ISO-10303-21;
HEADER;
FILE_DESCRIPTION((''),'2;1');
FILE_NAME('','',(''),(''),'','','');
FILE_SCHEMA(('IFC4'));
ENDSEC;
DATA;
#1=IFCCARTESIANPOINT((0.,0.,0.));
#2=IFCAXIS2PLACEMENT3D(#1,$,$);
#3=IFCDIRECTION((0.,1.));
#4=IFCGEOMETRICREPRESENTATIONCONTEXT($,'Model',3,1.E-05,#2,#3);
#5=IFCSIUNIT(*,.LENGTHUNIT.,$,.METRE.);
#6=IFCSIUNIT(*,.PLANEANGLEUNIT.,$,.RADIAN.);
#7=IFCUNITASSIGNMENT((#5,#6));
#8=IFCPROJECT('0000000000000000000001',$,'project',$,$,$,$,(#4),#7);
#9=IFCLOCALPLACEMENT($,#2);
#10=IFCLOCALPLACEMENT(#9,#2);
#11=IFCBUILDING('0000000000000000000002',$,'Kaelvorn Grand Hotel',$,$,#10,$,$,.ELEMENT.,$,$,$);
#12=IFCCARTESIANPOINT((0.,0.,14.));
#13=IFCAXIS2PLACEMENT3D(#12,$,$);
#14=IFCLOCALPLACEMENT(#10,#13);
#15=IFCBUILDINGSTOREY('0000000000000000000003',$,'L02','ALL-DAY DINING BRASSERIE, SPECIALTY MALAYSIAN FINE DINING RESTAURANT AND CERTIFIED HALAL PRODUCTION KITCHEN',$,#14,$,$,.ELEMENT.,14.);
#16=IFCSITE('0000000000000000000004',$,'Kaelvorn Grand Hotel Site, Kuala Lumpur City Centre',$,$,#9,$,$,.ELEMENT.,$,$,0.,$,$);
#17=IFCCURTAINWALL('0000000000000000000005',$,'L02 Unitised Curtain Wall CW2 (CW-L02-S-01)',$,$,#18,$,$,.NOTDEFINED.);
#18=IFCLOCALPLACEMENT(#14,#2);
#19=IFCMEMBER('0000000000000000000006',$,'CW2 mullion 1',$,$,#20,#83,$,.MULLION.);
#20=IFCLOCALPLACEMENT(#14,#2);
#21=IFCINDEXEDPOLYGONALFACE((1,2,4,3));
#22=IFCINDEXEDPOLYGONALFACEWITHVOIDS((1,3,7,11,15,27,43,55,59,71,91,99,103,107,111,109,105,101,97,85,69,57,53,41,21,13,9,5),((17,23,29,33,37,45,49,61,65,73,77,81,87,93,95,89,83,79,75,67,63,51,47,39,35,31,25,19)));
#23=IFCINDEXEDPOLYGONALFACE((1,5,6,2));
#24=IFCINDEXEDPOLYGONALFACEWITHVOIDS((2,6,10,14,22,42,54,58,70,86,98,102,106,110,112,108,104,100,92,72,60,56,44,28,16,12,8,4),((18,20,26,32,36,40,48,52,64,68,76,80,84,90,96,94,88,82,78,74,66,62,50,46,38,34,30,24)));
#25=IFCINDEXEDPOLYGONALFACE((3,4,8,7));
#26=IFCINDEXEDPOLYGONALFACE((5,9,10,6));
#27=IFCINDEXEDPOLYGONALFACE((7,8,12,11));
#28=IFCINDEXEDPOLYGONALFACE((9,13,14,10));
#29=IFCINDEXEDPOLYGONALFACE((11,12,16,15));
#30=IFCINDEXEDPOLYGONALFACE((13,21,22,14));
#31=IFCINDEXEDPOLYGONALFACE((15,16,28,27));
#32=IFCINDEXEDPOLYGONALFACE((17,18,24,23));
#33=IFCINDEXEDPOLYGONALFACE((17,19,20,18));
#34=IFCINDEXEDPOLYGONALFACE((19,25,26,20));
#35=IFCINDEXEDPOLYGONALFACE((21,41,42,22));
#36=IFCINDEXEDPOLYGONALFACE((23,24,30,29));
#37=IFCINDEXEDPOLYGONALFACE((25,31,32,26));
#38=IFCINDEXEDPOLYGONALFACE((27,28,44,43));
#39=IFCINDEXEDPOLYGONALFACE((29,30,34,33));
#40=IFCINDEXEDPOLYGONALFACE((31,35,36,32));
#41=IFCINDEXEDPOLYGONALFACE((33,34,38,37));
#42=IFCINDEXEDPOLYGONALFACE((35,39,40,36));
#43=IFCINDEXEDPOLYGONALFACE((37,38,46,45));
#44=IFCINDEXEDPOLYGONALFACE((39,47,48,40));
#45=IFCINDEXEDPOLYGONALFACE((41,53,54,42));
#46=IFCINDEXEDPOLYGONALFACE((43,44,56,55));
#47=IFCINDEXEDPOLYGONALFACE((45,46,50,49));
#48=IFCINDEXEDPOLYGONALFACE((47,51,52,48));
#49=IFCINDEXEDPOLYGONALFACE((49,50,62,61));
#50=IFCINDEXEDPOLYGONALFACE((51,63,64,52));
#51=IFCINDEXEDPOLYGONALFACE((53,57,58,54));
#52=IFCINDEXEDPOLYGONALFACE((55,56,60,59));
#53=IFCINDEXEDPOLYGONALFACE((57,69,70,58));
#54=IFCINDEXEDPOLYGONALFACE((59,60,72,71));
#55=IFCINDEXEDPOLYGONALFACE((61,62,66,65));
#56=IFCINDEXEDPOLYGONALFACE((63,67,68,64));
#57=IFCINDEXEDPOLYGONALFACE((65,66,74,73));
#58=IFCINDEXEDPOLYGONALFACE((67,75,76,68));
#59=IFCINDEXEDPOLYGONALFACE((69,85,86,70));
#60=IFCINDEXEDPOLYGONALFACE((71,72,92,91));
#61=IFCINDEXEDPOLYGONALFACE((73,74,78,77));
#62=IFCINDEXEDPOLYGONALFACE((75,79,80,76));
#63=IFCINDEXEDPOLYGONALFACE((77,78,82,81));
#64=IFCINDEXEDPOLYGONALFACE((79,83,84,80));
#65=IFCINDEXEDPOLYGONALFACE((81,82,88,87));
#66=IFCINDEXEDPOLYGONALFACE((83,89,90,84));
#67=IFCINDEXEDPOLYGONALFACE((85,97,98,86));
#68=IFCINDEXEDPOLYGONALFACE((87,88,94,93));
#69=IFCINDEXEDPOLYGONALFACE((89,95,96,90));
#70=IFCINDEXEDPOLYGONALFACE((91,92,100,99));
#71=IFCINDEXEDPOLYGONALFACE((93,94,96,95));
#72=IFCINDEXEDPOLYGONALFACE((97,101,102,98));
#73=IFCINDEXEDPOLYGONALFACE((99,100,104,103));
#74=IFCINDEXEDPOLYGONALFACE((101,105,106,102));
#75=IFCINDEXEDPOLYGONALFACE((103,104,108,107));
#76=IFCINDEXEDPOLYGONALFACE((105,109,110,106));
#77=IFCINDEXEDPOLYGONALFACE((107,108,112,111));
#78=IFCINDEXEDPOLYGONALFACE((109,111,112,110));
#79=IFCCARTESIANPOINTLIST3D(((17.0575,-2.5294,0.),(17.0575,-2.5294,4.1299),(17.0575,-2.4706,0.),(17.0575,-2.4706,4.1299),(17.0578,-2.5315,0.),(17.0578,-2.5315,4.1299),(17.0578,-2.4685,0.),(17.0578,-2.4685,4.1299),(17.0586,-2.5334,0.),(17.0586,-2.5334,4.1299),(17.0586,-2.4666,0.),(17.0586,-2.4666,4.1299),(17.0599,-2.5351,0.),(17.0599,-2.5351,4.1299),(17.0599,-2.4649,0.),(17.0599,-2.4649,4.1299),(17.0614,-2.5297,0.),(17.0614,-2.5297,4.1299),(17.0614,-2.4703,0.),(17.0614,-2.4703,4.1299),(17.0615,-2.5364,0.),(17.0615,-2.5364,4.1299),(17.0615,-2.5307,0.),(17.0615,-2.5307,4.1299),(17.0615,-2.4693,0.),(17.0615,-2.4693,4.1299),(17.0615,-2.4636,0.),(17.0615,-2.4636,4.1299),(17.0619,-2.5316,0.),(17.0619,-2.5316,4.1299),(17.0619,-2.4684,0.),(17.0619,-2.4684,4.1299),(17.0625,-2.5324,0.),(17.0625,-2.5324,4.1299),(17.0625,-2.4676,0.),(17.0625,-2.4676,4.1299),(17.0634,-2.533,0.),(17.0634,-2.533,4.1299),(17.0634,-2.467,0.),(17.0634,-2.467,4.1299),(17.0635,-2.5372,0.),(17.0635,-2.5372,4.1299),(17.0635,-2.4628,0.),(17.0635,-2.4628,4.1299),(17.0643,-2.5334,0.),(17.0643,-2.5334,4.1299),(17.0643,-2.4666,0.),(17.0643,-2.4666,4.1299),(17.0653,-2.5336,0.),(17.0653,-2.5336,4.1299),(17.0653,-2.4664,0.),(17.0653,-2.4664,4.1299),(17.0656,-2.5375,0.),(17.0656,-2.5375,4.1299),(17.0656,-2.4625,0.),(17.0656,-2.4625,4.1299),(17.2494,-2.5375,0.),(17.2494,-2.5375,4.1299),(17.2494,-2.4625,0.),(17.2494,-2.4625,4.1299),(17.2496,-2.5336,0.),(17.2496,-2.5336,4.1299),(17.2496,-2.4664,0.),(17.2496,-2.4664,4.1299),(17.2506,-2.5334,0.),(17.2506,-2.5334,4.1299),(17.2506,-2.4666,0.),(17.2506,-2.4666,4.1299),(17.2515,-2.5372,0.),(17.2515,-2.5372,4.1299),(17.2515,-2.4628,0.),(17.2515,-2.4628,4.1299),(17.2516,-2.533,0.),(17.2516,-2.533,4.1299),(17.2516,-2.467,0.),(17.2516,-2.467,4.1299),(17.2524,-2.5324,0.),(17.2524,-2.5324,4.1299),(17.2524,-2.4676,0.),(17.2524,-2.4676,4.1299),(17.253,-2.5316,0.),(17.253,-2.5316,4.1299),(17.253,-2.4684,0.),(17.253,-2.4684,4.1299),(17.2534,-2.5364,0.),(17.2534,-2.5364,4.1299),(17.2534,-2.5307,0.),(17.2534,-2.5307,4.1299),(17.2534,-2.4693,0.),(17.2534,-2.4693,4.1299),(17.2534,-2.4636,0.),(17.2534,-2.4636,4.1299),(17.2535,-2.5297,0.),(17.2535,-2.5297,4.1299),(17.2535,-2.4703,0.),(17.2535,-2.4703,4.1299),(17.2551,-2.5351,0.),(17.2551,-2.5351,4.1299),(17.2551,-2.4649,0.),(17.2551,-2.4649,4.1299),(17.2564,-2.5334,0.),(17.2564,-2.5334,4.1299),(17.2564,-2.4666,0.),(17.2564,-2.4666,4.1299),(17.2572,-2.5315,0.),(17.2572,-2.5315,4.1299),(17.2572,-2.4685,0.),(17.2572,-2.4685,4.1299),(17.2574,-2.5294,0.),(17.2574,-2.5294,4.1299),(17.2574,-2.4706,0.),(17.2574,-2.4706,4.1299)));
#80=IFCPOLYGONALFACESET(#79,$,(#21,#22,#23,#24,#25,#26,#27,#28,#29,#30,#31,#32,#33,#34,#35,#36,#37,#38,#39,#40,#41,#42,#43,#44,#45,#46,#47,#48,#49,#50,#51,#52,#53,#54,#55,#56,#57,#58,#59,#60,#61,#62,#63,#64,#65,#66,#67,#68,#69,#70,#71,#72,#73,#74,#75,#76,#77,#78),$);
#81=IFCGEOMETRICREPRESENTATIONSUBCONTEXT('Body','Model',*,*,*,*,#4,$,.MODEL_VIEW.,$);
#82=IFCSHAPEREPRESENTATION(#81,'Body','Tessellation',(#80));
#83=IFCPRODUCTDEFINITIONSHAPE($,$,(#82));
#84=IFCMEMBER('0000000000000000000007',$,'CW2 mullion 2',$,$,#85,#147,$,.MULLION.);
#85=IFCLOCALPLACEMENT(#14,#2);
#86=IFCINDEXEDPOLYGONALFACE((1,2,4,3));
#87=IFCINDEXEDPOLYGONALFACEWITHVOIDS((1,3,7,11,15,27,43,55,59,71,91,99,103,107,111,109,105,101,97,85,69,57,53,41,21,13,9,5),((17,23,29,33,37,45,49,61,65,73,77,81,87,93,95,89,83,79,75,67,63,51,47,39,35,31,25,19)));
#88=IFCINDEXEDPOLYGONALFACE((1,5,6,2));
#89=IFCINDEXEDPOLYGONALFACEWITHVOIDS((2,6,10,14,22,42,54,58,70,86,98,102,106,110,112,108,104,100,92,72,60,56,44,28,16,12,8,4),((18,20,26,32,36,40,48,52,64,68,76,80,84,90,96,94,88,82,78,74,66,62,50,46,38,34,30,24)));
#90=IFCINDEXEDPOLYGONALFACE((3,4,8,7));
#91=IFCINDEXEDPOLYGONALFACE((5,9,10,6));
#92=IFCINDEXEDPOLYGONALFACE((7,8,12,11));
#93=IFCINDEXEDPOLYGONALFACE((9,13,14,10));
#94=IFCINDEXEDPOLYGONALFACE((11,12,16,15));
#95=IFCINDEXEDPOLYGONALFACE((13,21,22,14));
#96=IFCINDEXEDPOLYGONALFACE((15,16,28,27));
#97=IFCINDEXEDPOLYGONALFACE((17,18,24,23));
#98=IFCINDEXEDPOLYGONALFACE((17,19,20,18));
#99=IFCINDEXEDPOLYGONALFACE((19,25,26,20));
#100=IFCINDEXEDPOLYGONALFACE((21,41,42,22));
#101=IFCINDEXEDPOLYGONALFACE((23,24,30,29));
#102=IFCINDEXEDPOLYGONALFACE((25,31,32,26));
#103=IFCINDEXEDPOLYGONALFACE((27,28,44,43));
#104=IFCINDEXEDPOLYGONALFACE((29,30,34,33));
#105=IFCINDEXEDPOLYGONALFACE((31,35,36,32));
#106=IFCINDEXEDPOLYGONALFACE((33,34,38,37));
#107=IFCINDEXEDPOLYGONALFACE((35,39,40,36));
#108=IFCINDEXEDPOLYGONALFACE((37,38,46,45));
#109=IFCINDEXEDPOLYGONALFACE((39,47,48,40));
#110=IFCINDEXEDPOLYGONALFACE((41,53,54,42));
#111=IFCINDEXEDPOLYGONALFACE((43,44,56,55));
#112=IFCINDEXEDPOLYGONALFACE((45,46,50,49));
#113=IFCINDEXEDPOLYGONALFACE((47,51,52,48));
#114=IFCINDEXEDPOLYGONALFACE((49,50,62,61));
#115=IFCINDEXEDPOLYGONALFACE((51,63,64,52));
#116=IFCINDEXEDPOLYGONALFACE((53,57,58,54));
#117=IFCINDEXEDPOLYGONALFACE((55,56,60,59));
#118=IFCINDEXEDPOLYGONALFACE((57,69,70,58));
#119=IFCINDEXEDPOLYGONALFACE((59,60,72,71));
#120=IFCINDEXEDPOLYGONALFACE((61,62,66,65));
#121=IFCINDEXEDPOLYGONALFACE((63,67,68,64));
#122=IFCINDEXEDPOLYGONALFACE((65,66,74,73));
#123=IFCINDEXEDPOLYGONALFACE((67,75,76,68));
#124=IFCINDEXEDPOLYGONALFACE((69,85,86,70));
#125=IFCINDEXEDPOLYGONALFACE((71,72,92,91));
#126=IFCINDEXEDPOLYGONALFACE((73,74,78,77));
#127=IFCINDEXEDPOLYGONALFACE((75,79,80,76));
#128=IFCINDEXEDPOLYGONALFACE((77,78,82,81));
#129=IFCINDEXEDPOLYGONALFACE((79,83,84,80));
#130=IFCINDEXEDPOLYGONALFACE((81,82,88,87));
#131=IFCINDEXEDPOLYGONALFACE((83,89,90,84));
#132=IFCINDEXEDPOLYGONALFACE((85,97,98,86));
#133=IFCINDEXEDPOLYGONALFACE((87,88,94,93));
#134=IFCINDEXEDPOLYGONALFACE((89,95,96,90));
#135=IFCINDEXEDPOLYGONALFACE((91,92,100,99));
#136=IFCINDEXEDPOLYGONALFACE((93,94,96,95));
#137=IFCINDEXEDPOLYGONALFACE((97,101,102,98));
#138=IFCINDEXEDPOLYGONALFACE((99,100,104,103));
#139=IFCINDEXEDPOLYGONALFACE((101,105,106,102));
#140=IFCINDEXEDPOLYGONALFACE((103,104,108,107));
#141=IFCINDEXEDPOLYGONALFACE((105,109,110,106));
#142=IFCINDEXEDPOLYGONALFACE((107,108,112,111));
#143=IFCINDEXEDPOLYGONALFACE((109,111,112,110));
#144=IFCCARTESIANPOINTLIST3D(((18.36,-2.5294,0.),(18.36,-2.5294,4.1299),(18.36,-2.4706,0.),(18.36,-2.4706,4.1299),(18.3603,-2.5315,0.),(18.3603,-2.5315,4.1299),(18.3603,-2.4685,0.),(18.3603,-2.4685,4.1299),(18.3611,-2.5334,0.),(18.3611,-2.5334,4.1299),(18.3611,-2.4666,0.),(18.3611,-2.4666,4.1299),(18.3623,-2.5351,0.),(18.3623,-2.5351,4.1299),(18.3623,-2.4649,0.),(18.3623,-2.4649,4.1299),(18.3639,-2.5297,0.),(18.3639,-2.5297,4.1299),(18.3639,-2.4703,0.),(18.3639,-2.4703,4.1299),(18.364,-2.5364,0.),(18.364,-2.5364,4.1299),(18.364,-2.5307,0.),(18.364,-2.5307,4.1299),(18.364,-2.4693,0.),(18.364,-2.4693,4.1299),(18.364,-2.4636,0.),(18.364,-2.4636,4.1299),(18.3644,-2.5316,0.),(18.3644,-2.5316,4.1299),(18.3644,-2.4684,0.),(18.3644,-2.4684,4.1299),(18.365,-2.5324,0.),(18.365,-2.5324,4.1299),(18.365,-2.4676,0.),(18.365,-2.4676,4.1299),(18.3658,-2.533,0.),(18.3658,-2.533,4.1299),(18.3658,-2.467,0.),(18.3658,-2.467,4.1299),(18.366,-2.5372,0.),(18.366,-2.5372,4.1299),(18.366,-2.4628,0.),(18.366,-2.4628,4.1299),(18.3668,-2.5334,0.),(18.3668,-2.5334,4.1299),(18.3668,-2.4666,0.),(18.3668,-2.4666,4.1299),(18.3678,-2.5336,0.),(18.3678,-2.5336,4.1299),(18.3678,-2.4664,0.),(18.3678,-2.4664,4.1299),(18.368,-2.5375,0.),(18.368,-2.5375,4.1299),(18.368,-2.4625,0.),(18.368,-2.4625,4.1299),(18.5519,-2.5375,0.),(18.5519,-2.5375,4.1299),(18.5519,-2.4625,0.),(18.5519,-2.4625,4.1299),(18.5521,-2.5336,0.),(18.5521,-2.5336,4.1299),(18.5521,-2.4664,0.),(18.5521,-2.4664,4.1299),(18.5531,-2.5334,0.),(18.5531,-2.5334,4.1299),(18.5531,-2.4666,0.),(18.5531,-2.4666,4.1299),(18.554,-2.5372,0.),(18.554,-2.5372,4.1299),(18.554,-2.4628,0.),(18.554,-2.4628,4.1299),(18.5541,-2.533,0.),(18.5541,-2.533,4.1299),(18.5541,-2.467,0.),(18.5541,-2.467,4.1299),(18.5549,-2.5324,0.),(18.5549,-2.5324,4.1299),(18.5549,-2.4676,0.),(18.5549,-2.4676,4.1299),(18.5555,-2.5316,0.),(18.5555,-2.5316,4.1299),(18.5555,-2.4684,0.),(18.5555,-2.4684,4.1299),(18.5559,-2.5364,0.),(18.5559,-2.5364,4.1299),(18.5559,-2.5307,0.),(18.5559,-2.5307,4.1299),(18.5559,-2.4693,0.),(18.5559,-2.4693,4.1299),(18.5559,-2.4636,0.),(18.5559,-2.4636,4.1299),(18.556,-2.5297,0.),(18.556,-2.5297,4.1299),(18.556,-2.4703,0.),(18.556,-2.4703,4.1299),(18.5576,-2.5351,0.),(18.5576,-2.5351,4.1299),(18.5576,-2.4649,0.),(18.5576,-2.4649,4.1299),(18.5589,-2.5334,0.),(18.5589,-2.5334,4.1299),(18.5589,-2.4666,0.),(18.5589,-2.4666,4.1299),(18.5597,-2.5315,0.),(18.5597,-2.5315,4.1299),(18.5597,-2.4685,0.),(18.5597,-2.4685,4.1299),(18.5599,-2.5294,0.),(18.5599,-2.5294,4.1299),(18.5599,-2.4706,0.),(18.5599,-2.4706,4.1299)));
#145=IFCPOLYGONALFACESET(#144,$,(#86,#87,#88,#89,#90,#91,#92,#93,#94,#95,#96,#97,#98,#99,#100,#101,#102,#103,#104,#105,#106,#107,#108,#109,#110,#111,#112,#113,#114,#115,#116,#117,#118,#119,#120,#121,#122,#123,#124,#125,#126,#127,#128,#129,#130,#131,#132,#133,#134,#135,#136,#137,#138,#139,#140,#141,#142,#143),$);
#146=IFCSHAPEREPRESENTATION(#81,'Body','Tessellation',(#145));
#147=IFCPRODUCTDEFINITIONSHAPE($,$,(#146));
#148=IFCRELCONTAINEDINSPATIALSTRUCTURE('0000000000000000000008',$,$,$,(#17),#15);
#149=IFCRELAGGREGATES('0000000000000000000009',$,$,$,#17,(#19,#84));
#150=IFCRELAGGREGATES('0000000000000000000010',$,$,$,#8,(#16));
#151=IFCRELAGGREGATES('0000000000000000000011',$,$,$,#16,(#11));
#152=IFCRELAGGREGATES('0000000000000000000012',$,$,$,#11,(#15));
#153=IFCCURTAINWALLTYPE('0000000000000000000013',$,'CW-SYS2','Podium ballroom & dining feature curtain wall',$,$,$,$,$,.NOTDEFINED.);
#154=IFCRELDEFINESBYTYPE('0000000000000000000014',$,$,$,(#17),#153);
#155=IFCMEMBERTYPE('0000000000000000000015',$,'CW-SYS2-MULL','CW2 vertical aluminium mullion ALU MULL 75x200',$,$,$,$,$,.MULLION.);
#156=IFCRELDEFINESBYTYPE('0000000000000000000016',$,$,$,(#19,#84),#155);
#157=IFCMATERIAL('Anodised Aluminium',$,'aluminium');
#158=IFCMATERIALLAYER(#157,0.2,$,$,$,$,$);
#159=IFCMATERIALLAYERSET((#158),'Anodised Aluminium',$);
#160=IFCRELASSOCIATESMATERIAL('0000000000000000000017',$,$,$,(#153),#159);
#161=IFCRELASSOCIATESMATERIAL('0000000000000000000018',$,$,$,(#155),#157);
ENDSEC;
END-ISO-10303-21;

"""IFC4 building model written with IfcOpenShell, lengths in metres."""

from ifc_helpers import new_model, si_unit, direction, frame, origin, origin_2d, place, context, subcontext, project, spatial, hollow_rectangle, extrude, material, layer, layer_set, material_profile, profile_set, type_object, element, aggregate, save


model = new_model("IFC4")

# Units and contexts
model_context = context("Model", 3, precision=1e-05, world=origin(), true_north=direction((0.0, 1.0)))
body_context = subcontext(model_context, "Body", "Model", "MODEL_VIEW")
ifc_project = project(units=[si_unit("LENGTHUNIT", "METRE"), si_unit("PLANEANGLEUNIT", "RADIAN")], contexts=[model_context])

# Site, building, storey
site_placement = place(None, origin())
site = spatial("IfcSite", under=ifc_project, at=site_placement, Name="Kaelvorn Grand Hotel Site, Kuala Lumpur City Centre", CompositionType="ELEMENT", RefElevation=0.0)
building_placement = place(site_placement, origin())
building = spatial("IfcBuilding", under=site, at=building_placement, Name="Kaelvorn Grand Hotel", CompositionType="ELEMENT")
storey_placement = place(building_placement, frame((0.0, 0.0, 14.0)))
storey = spatial("IfcBuildingStorey", under=building, at=storey_placement, Name="L02", Description="ALL-DAY DINING BRASSERIE, SPECIALTY MALAYSIAN FINE DINING RESTAURANT AND CERTIFIED HALAL PRODUCTION KITCHEN", CompositionType="ELEMENT", Elevation=14.0)

# Curtain wall, members
ifc_material_1 = material(Name="Anodised Aluminium", Category="aluminium")
ifc_layer_1 = layer(ifc_material_1, 0.2)
ifc_layer_set_1 = layer_set([ifc_layer_1], Name="Anodised Aluminium")
curtain_wall_type = type_object("IfcCurtainWallType", Name="CW-SYS2", Description="Podium ballroom & dining feature curtain wall", PredefinedType="NOTDEFINED", material=ifc_layer_set_1)
curtain_wall_placement = place(storey_placement, origin())
curtain_wall = element("IfcCurtainWall", 1, at=curtain_wall_placement, inside=storey, type_object=curtain_wall_type, Name="L02 Unitised Curtain Wall CW2 (CW-L02-S-01)", PredefinedType="NOTDEFINED")
ifc_material_profile_1 = material_profile(ifc_material_1, hollow_rectangle(XDim=0.075, YDim=0.2, WallThickness=0.0039, InnerFilletRadius=0.0039, OuterFilletRadius=0.0081, at=origin_2d()), Name="ALU MULL 75x200")
ifc_profile_set_1 = profile_set([ifc_material_profile_1], Name="Anodised Aluminium")
member_type_1 = type_object("IfcMemberType", Name="CW-SYS2-MULL", Description="CW2 vertical aluminium mullion ALU MULL 75x200", PredefinedType="MULLION", material=ifc_profile_set_1)
member_1_placement = place(storey_placement, frame((17.1575, -2.5, 0.0), z_axis=(0.0, 0.0, 1.0), x_axis=(0.0, 1.0, 0.0)))
member_1 = element("IfcMember", 2, at=member_1_placement, type_object=member_type_1, Name="CW2 mullion 1", PredefinedType="MULLION", context=body_context, shape_type="SweptSolid", body=[
    extrude(hollow_rectangle(XDim=0.075, YDim=0.2, WallThickness=0.0039, InnerFilletRadius=0.0039, OuterFilletRadius=0.0081, at=origin_2d()), origin(), (0.0, 0.0, 1.0), 4.1299),
])
member_2_placement = place(storey_placement, frame((18.46, -2.5, 0.0), z_axis=(0.0, 0.0, 1.0), x_axis=(0.0, 1.0, 0.0)))
member_2 = element("IfcMember", 3, at=member_2_placement, type_object=member_type_1, Name="CW2 mullion 2", PredefinedType="MULLION", context=body_context, shape_type="SweptSolid", body=[
    extrude(hollow_rectangle(XDim=0.075, YDim=0.2, WallThickness=0.0039, InnerFilletRadius=0.0039, OuterFilletRadius=0.0081, at=origin_2d()), origin(), (0.0, 0.0, 1.0), 4.1299),
])
aggregate(curtain_wall, [member_1, member_2])

save(model, "model.ifc")
